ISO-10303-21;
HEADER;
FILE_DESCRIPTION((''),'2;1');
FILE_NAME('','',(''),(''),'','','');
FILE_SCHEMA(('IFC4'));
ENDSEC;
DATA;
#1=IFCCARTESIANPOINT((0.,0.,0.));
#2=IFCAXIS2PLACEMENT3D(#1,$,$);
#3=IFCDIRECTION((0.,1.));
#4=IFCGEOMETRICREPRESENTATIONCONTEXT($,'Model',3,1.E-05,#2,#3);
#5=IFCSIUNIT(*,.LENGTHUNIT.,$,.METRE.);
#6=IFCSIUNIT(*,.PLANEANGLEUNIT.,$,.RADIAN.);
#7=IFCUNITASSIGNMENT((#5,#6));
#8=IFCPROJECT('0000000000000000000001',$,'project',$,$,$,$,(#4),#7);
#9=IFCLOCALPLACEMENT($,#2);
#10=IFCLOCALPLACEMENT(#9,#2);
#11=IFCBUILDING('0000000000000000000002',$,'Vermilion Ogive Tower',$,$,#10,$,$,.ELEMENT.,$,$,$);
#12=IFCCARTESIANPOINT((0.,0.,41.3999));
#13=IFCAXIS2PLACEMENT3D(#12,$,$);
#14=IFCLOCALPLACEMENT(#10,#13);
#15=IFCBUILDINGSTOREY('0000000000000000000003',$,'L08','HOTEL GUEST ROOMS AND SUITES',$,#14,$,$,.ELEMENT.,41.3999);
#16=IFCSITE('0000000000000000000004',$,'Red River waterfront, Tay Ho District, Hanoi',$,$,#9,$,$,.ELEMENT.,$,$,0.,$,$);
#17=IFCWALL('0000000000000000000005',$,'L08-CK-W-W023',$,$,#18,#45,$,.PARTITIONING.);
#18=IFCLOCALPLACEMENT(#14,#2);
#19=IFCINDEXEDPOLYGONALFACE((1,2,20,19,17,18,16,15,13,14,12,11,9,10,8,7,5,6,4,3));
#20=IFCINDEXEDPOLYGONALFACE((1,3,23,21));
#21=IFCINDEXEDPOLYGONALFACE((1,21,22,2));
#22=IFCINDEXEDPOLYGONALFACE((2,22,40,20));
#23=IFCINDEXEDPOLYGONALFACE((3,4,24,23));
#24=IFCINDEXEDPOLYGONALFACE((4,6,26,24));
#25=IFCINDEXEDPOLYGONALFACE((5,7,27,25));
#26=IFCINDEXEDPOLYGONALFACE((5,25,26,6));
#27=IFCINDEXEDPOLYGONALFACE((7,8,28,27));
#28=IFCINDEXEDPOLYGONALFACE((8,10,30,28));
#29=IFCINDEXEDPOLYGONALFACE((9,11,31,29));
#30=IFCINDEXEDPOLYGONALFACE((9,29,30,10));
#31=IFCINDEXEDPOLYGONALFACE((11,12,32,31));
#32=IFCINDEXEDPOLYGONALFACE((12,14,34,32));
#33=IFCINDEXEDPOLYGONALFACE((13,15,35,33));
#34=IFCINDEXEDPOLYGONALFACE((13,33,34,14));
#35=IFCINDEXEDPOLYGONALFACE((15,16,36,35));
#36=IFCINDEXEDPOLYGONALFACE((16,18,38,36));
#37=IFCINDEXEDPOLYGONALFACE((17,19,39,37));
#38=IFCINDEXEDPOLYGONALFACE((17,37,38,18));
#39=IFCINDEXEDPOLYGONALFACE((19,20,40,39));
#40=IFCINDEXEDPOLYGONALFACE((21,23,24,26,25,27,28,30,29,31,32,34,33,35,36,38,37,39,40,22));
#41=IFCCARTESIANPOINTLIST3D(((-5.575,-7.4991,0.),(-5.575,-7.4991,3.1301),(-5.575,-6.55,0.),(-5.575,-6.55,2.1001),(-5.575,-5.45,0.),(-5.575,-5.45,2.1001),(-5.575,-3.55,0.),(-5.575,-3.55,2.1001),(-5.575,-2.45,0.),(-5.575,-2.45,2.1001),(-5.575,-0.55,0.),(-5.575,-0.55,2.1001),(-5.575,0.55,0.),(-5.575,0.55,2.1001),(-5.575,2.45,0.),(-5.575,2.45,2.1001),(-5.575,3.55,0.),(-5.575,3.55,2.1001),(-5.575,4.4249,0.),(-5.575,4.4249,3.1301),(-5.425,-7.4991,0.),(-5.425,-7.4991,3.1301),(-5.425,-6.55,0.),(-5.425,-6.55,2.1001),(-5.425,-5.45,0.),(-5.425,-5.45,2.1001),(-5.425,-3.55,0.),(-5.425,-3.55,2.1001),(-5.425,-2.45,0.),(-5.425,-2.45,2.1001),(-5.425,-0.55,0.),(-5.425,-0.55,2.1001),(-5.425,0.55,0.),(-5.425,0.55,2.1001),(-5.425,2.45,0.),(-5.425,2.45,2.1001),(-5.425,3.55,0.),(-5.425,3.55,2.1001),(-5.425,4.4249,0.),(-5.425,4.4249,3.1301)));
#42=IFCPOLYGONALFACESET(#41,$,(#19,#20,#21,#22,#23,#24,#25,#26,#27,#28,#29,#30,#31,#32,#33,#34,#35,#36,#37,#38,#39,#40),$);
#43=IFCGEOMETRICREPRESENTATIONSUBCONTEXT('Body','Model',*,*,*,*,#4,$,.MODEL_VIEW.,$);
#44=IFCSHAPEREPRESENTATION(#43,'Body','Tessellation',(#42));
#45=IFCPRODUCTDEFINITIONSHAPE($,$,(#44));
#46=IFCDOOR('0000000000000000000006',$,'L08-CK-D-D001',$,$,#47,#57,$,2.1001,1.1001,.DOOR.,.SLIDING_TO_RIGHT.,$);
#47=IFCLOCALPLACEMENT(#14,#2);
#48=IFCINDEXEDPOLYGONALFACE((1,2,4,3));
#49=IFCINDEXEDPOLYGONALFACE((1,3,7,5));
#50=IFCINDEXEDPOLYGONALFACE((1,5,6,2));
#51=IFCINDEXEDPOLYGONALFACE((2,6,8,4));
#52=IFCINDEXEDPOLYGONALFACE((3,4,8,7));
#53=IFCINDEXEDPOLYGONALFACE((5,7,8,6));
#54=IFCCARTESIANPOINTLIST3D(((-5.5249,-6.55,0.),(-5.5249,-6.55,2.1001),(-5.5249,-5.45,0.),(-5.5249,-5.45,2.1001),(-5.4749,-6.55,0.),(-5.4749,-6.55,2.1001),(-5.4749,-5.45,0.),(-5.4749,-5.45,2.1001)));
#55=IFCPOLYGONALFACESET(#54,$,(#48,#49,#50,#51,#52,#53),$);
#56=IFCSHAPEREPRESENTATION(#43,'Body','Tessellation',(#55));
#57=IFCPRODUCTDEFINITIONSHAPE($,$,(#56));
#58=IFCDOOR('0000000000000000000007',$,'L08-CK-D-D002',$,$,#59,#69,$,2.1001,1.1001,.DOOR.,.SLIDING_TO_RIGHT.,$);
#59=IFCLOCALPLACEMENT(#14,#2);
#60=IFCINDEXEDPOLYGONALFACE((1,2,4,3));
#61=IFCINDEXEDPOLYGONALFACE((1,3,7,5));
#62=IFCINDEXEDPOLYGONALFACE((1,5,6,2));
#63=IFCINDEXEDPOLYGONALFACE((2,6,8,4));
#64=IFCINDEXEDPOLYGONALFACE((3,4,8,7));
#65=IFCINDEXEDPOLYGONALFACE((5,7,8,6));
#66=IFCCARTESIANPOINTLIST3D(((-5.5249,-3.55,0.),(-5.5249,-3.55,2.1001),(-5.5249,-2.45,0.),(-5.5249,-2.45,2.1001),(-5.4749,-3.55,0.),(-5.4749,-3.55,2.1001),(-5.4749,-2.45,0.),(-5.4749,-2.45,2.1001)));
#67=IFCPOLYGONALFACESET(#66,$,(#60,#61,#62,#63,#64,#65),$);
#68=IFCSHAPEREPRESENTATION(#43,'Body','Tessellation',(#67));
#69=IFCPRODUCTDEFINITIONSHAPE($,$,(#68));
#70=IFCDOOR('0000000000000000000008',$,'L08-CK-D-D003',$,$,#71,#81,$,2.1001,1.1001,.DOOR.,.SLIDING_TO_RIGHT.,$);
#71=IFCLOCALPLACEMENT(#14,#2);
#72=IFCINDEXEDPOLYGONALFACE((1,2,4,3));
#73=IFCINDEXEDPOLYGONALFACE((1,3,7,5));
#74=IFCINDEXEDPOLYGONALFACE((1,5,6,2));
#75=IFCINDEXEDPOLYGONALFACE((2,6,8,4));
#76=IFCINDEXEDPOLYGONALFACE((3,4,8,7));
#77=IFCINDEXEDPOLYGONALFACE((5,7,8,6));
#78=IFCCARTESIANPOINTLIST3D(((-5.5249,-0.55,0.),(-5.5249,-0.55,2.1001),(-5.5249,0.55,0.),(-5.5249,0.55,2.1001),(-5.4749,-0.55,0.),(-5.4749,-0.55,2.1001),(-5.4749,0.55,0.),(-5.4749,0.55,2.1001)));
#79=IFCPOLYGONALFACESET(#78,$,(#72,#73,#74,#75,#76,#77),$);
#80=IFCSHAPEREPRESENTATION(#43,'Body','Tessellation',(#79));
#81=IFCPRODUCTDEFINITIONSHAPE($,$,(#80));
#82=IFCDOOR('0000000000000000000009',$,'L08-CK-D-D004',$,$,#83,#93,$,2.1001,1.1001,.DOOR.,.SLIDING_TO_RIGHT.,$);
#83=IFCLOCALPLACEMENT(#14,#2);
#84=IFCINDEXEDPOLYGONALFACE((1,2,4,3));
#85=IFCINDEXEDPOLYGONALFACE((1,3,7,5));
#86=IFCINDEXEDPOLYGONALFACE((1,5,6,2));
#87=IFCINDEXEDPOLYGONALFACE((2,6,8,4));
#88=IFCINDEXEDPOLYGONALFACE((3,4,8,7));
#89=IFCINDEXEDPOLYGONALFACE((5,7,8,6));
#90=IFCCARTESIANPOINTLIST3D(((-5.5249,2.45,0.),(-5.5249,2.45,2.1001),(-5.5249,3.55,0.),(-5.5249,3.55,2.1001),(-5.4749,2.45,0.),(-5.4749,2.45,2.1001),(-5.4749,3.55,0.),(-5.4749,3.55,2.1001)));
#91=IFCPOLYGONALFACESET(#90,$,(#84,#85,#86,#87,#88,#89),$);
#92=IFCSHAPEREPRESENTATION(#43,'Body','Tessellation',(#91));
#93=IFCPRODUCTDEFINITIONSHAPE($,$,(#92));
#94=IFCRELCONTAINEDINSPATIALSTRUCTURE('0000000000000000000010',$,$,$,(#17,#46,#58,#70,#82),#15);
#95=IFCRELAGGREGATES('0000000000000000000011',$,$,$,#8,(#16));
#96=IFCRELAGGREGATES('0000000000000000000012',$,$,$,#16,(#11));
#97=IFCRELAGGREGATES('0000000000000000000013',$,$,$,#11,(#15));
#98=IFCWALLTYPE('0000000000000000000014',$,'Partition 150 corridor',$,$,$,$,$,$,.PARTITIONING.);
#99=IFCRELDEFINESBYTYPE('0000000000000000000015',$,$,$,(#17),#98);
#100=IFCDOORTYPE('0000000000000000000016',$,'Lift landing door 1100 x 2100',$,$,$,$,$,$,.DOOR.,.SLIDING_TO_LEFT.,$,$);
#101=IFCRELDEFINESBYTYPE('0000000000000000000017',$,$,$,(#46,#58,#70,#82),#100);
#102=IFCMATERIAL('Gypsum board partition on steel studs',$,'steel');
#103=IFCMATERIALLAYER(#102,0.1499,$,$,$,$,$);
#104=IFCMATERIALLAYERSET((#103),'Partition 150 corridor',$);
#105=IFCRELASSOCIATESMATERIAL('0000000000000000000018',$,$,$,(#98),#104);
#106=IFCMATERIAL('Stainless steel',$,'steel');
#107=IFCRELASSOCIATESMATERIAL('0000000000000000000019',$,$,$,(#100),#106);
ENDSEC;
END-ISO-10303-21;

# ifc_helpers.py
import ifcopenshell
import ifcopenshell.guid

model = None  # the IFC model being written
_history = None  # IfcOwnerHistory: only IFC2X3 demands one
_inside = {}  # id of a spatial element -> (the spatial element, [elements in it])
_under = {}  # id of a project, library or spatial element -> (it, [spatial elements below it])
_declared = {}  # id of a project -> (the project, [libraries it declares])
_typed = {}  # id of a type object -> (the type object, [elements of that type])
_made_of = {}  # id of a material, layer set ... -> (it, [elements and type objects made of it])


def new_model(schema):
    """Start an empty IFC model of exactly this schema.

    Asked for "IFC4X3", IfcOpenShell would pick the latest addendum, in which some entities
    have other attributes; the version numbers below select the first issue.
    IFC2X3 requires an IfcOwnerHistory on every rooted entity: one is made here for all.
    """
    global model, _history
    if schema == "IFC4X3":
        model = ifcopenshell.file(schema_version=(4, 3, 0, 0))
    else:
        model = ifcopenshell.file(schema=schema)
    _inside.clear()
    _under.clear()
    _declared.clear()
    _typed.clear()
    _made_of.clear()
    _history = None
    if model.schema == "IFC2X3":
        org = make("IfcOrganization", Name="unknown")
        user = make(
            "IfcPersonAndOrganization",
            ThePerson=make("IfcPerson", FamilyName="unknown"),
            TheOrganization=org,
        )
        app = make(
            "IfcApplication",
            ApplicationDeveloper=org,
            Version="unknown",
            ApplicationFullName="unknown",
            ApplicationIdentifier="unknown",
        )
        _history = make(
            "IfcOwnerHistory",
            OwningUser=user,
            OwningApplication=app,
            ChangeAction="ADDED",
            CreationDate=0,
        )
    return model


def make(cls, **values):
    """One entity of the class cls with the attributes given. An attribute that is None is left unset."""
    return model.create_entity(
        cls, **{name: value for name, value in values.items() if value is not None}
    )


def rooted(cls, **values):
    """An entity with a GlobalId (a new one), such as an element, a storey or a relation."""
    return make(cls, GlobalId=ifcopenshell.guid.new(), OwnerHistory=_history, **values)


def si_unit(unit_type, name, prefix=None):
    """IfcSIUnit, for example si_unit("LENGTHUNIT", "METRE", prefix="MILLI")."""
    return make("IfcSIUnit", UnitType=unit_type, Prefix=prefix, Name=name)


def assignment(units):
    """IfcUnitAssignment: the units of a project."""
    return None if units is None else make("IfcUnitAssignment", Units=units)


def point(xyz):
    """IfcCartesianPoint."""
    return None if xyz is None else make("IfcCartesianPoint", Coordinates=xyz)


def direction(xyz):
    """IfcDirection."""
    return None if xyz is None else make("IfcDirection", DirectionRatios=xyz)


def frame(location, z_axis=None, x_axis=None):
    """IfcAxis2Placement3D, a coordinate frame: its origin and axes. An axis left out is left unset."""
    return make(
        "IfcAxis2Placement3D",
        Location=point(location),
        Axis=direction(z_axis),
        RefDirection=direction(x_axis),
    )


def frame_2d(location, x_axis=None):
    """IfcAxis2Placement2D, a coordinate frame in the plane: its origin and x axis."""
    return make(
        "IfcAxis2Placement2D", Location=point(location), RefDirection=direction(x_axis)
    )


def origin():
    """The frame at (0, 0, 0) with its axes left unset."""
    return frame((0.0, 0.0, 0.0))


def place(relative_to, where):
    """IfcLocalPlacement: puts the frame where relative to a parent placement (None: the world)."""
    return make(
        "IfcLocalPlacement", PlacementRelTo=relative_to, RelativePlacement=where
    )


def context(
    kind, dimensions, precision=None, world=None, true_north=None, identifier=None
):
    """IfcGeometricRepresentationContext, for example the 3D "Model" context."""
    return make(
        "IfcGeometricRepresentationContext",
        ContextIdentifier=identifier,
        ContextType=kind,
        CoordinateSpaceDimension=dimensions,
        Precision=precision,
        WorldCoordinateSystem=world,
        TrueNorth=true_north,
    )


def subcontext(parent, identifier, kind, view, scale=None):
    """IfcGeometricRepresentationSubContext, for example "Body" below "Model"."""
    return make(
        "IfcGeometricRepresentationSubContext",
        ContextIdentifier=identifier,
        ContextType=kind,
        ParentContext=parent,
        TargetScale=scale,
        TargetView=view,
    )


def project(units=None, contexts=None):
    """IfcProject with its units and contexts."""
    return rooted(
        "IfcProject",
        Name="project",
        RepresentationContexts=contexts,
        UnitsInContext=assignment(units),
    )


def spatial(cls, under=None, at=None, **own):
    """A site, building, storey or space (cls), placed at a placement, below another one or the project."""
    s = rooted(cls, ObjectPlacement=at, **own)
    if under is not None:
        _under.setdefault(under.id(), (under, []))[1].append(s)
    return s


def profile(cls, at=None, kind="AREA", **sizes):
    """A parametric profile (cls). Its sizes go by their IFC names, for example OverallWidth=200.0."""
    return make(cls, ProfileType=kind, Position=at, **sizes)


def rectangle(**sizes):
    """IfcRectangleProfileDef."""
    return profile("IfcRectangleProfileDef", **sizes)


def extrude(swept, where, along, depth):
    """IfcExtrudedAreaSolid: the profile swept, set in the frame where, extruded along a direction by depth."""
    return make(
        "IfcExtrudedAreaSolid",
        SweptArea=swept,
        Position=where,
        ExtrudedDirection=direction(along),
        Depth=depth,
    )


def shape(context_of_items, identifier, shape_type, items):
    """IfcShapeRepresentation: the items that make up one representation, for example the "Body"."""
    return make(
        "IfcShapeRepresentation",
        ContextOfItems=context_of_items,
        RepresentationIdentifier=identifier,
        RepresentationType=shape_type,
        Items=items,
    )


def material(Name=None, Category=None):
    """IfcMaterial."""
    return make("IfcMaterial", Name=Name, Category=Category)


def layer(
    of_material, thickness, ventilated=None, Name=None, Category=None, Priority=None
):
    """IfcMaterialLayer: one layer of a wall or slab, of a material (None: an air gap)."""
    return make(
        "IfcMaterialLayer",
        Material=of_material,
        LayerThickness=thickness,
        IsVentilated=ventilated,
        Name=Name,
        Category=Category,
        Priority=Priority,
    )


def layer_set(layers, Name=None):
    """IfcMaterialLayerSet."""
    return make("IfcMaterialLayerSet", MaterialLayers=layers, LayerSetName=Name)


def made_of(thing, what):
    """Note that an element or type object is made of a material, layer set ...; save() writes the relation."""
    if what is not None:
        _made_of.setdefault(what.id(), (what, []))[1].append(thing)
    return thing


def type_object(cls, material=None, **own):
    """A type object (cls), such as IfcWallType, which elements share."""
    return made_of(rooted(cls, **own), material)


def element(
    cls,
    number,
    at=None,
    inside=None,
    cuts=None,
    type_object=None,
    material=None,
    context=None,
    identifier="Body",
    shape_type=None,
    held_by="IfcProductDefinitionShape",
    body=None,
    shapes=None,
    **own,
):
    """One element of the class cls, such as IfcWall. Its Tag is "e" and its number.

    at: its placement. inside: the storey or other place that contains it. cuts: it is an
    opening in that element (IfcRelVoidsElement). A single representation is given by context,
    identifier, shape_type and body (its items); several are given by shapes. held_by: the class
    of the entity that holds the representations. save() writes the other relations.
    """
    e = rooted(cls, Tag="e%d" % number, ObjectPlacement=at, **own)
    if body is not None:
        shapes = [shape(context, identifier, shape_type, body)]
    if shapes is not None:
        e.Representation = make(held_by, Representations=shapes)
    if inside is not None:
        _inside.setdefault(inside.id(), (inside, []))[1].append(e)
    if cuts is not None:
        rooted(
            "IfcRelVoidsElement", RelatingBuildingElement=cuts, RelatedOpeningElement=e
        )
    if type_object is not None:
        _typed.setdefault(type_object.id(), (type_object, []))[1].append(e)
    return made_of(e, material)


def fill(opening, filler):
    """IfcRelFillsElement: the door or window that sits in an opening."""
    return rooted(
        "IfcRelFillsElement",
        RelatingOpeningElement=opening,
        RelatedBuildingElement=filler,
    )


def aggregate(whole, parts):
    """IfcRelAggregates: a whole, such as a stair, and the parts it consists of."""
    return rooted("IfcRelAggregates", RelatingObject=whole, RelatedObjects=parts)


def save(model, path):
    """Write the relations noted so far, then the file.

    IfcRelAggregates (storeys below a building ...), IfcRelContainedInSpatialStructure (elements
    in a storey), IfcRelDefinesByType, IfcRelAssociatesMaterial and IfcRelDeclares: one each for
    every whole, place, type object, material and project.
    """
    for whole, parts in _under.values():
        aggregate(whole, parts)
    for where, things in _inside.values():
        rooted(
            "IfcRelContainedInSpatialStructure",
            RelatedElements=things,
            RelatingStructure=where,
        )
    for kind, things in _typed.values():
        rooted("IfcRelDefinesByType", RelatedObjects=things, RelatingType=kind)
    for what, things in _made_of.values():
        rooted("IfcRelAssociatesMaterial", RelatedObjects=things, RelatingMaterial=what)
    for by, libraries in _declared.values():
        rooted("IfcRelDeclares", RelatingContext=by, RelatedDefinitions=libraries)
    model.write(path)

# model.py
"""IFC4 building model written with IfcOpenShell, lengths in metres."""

from ifc_helpers import new_model, si_unit, direction, frame, frame_2d, origin, place, context, subcontext, project, spatial, rectangle, extrude, material, layer, layer_set, type_object, element, fill, save


model = new_model("IFC4")

# Units and contexts
model_context = context("Model", 3, precision=1e-05, world=origin(), true_north=direction((0.0, 1.0)))
body_context = subcontext(model_context, "Body", "Model", "MODEL_VIEW")
ifc_project = project(units=[si_unit("LENGTHUNIT", "METRE"), si_unit("PLANEANGLEUNIT", "RADIAN")], contexts=[model_context])

# Site, building, storey
site_placement = place(None, origin())
site = spatial("IfcSite", under=ifc_project, at=site_placement, Name="Red River waterfront, Tay Ho District, Hanoi", CompositionType="ELEMENT", RefElevation=0.0)
building_placement = place(site_placement, origin())
building = spatial("IfcBuilding", under=site, at=building_placement, Name="Vermilion Ogive Tower", CompositionType="ELEMENT")
storey_placement = place(building_placement, frame((0.0, 0.0, 41.3999)))
storey = spatial("IfcBuildingStorey", under=building, at=storey_placement, Name="L08", Description="HOTEL GUEST ROOMS AND SUITES", CompositionType="ELEMENT", Elevation=41.3999)

# Wall, openings, doors
ifc_material_1 = material(Name="Gypsum board partition on steel studs", Category="steel")
ifc_layer_1 = layer(ifc_material_1, 0.1499)
ifc_layer_set_1 = layer_set([ifc_layer_1], Name="Partition 150 corridor")
wall_type_1 = type_object("IfcWallType", Name="Partition 150 corridor", PredefinedType="PARTITIONING", material=ifc_layer_set_1)
wall_1_placement = place(storey_placement, frame((-5.5, -7.499, 0.0), z_axis=(0.0, 0.0, 1.0), x_axis=(0.0, 1.0, 0.0)))
wall_1 = element("IfcWall", 1, at=wall_1_placement, inside=storey, type_object=wall_type_1, Name="L08-CK-W-W023", PredefinedType="PARTITIONING", context=body_context, shape_type="SweptSolid", body=[
    extrude(rectangle(XDim=11.9241, YDim=0.1499, at=frame_2d((5.9619, 0.0))), origin(), (0.0, 0.0, 1.0), 3.1301),
])
opening_1_placement = place(wall_1_placement, frame((0.949, 0.0, 0.0)))
opening_1 = element("IfcOpeningElement", 2, at=opening_1_placement, cuts=wall_1, PredefinedType="OPENING", context=body_context, shape_type="SweptSolid", body=[
    extrude(rectangle(XDim=1.1001, YDim=2.1001, at=frame_2d((0.55, 1.05))), frame((0.0, 0.085, 0.0), z_axis=(0.0, -1.0, 0.0), x_axis=(1.0, 0.0, 0.0)), (0.0, 0.0, 1.0), 0.1699),
])
opening_2_placement = place(wall_1_placement, frame((3.949, 0.0, 0.0)))
opening_2 = element("IfcOpeningElement", 3, at=opening_2_placement, cuts=wall_1, PredefinedType="OPENING", context=body_context, shape_type="SweptSolid", body=[
    extrude(rectangle(XDim=1.1001, YDim=2.1001, at=frame_2d((0.55, 1.05))), frame((0.0, 0.085, 0.0), z_axis=(0.0, -1.0, 0.0), x_axis=(1.0, 0.0, 0.0)), (0.0, 0.0, 1.0), 0.1699),
])
opening_3_placement = place(wall_1_placement, frame((6.949, 0.0, 0.0)))
opening_3 = element("IfcOpeningElement", 4, at=opening_3_placement, cuts=wall_1, PredefinedType="OPENING", context=body_context, shape_type="SweptSolid", body=[
    extrude(rectangle(XDim=1.1001, YDim=2.1001, at=frame_2d((0.55, 1.05))), frame((0.0, 0.085, 0.0), z_axis=(0.0, -1.0, 0.0), x_axis=(1.0, 0.0, 0.0)), (0.0, 0.0, 1.0), 0.1699),
])
opening_4_placement = place(wall_1_placement, frame((9.949, 0.0, 0.0)))
opening_4 = element("IfcOpeningElement", 5, at=opening_4_placement, cuts=wall_1, PredefinedType="OPENING", context=body_context, shape_type="SweptSolid", body=[
    extrude(rectangle(XDim=1.1001, YDim=2.1001, at=frame_2d((0.55, 1.05))), frame((0.0, 0.085, 0.0), z_axis=(0.0, -1.0, 0.0), x_axis=(1.0, 0.0, 0.0)), (0.0, 0.0, 1.0), 0.1699),
])
ifc_material_2 = material(Name="Stainless steel", Category="steel")
door_type_1 = type_object("IfcDoorType", Name="Lift landing door 1100 x 2100", OperationType="SLIDING_TO_LEFT", PredefinedType="DOOR", material=ifc_material_2)
door_1_placement = place(opening_1_placement, origin())
door_1 = element("IfcDoor", 6, at=door_1_placement, inside=storey, type_object=door_type_1, Name="L08-CK-D-D001", OperationType="SLIDING_TO_RIGHT", OverallHeight=2.1001, OverallWidth=1.1001, PredefinedType="DOOR", context=body_context, shape_type="SweptSolid", body=[
    extrude(rectangle(XDim=1.1001, YDim=2.1001, at=frame_2d((0.55, 1.05))), frame((0.0, 0.0249, 0.0), z_axis=(0.0, -1.0, 0.0), x_axis=(1.0, 0.0, 0.0)), (0.0, 0.0, 1.0), 0.05),
])
fill(opening_1, door_1)
door_2_placement = place(opening_2_placement, origin())
door_2 = element("IfcDoor", 7, at=door_2_placement, inside=storey, type_object=door_type_1, Name="L08-CK-D-D002", OperationType="SLIDING_TO_RIGHT", OverallHeight=2.1001, OverallWidth=1.1001, PredefinedType="DOOR", context=body_context, shape_type="SweptSolid", body=[
    extrude(rectangle(XDim=1.1001, YDim=2.1001, at=frame_2d((0.55, 1.05))), frame((0.0, 0.0249, 0.0), z_axis=(0.0, -1.0, 0.0), x_axis=(1.0, 0.0, 0.0)), (0.0, 0.0, 1.0), 0.05),
])
fill(opening_2, door_2)
door_3_placement = place(opening_3_placement, origin())
door_3 = element("IfcDoor", 8, at=door_3_placement, inside=storey, type_object=door_type_1, Name="L08-CK-D-D003", OperationType="SLIDING_TO_RIGHT", OverallHeight=2.1001, OverallWidth=1.1001, PredefinedType="DOOR", context=body_context, shape_type="SweptSolid", body=[
    extrude(rectangle(XDim=1.1001, YDim=2.1001, at=frame_2d((0.55, 1.05))), frame((0.0, 0.0249, 0.0), z_axis=(0.0, -1.0, 0.0), x_axis=(1.0, 0.0, 0.0)), (0.0, 0.0, 1.0), 0.05),
])
fill(opening_3, door_3)
door_4_placement = place(opening_4_placement, origin())
door_4 = element("IfcDoor", 9, at=door_4_placement, inside=storey, type_object=door_type_1, Name="L08-CK-D-D004", OperationType="SLIDING_TO_RIGHT", OverallHeight=2.1001, OverallWidth=1.1001, PredefinedType="DOOR", context=body_context, shape_type="SweptSolid", body=[
    extrude(rectangle(XDim=1.1001, YDim=2.1001, at=frame_2d((0.55, 1.05))), frame((0.0, 0.0249, 0.0), z_axis=(0.0, -1.0, 0.0), x_axis=(1.0, 0.0, 0.0)), (0.0, 0.0, 1.0), 0.05),
])
fill(opening_4, door_4)

save(model, "model.ifc")
